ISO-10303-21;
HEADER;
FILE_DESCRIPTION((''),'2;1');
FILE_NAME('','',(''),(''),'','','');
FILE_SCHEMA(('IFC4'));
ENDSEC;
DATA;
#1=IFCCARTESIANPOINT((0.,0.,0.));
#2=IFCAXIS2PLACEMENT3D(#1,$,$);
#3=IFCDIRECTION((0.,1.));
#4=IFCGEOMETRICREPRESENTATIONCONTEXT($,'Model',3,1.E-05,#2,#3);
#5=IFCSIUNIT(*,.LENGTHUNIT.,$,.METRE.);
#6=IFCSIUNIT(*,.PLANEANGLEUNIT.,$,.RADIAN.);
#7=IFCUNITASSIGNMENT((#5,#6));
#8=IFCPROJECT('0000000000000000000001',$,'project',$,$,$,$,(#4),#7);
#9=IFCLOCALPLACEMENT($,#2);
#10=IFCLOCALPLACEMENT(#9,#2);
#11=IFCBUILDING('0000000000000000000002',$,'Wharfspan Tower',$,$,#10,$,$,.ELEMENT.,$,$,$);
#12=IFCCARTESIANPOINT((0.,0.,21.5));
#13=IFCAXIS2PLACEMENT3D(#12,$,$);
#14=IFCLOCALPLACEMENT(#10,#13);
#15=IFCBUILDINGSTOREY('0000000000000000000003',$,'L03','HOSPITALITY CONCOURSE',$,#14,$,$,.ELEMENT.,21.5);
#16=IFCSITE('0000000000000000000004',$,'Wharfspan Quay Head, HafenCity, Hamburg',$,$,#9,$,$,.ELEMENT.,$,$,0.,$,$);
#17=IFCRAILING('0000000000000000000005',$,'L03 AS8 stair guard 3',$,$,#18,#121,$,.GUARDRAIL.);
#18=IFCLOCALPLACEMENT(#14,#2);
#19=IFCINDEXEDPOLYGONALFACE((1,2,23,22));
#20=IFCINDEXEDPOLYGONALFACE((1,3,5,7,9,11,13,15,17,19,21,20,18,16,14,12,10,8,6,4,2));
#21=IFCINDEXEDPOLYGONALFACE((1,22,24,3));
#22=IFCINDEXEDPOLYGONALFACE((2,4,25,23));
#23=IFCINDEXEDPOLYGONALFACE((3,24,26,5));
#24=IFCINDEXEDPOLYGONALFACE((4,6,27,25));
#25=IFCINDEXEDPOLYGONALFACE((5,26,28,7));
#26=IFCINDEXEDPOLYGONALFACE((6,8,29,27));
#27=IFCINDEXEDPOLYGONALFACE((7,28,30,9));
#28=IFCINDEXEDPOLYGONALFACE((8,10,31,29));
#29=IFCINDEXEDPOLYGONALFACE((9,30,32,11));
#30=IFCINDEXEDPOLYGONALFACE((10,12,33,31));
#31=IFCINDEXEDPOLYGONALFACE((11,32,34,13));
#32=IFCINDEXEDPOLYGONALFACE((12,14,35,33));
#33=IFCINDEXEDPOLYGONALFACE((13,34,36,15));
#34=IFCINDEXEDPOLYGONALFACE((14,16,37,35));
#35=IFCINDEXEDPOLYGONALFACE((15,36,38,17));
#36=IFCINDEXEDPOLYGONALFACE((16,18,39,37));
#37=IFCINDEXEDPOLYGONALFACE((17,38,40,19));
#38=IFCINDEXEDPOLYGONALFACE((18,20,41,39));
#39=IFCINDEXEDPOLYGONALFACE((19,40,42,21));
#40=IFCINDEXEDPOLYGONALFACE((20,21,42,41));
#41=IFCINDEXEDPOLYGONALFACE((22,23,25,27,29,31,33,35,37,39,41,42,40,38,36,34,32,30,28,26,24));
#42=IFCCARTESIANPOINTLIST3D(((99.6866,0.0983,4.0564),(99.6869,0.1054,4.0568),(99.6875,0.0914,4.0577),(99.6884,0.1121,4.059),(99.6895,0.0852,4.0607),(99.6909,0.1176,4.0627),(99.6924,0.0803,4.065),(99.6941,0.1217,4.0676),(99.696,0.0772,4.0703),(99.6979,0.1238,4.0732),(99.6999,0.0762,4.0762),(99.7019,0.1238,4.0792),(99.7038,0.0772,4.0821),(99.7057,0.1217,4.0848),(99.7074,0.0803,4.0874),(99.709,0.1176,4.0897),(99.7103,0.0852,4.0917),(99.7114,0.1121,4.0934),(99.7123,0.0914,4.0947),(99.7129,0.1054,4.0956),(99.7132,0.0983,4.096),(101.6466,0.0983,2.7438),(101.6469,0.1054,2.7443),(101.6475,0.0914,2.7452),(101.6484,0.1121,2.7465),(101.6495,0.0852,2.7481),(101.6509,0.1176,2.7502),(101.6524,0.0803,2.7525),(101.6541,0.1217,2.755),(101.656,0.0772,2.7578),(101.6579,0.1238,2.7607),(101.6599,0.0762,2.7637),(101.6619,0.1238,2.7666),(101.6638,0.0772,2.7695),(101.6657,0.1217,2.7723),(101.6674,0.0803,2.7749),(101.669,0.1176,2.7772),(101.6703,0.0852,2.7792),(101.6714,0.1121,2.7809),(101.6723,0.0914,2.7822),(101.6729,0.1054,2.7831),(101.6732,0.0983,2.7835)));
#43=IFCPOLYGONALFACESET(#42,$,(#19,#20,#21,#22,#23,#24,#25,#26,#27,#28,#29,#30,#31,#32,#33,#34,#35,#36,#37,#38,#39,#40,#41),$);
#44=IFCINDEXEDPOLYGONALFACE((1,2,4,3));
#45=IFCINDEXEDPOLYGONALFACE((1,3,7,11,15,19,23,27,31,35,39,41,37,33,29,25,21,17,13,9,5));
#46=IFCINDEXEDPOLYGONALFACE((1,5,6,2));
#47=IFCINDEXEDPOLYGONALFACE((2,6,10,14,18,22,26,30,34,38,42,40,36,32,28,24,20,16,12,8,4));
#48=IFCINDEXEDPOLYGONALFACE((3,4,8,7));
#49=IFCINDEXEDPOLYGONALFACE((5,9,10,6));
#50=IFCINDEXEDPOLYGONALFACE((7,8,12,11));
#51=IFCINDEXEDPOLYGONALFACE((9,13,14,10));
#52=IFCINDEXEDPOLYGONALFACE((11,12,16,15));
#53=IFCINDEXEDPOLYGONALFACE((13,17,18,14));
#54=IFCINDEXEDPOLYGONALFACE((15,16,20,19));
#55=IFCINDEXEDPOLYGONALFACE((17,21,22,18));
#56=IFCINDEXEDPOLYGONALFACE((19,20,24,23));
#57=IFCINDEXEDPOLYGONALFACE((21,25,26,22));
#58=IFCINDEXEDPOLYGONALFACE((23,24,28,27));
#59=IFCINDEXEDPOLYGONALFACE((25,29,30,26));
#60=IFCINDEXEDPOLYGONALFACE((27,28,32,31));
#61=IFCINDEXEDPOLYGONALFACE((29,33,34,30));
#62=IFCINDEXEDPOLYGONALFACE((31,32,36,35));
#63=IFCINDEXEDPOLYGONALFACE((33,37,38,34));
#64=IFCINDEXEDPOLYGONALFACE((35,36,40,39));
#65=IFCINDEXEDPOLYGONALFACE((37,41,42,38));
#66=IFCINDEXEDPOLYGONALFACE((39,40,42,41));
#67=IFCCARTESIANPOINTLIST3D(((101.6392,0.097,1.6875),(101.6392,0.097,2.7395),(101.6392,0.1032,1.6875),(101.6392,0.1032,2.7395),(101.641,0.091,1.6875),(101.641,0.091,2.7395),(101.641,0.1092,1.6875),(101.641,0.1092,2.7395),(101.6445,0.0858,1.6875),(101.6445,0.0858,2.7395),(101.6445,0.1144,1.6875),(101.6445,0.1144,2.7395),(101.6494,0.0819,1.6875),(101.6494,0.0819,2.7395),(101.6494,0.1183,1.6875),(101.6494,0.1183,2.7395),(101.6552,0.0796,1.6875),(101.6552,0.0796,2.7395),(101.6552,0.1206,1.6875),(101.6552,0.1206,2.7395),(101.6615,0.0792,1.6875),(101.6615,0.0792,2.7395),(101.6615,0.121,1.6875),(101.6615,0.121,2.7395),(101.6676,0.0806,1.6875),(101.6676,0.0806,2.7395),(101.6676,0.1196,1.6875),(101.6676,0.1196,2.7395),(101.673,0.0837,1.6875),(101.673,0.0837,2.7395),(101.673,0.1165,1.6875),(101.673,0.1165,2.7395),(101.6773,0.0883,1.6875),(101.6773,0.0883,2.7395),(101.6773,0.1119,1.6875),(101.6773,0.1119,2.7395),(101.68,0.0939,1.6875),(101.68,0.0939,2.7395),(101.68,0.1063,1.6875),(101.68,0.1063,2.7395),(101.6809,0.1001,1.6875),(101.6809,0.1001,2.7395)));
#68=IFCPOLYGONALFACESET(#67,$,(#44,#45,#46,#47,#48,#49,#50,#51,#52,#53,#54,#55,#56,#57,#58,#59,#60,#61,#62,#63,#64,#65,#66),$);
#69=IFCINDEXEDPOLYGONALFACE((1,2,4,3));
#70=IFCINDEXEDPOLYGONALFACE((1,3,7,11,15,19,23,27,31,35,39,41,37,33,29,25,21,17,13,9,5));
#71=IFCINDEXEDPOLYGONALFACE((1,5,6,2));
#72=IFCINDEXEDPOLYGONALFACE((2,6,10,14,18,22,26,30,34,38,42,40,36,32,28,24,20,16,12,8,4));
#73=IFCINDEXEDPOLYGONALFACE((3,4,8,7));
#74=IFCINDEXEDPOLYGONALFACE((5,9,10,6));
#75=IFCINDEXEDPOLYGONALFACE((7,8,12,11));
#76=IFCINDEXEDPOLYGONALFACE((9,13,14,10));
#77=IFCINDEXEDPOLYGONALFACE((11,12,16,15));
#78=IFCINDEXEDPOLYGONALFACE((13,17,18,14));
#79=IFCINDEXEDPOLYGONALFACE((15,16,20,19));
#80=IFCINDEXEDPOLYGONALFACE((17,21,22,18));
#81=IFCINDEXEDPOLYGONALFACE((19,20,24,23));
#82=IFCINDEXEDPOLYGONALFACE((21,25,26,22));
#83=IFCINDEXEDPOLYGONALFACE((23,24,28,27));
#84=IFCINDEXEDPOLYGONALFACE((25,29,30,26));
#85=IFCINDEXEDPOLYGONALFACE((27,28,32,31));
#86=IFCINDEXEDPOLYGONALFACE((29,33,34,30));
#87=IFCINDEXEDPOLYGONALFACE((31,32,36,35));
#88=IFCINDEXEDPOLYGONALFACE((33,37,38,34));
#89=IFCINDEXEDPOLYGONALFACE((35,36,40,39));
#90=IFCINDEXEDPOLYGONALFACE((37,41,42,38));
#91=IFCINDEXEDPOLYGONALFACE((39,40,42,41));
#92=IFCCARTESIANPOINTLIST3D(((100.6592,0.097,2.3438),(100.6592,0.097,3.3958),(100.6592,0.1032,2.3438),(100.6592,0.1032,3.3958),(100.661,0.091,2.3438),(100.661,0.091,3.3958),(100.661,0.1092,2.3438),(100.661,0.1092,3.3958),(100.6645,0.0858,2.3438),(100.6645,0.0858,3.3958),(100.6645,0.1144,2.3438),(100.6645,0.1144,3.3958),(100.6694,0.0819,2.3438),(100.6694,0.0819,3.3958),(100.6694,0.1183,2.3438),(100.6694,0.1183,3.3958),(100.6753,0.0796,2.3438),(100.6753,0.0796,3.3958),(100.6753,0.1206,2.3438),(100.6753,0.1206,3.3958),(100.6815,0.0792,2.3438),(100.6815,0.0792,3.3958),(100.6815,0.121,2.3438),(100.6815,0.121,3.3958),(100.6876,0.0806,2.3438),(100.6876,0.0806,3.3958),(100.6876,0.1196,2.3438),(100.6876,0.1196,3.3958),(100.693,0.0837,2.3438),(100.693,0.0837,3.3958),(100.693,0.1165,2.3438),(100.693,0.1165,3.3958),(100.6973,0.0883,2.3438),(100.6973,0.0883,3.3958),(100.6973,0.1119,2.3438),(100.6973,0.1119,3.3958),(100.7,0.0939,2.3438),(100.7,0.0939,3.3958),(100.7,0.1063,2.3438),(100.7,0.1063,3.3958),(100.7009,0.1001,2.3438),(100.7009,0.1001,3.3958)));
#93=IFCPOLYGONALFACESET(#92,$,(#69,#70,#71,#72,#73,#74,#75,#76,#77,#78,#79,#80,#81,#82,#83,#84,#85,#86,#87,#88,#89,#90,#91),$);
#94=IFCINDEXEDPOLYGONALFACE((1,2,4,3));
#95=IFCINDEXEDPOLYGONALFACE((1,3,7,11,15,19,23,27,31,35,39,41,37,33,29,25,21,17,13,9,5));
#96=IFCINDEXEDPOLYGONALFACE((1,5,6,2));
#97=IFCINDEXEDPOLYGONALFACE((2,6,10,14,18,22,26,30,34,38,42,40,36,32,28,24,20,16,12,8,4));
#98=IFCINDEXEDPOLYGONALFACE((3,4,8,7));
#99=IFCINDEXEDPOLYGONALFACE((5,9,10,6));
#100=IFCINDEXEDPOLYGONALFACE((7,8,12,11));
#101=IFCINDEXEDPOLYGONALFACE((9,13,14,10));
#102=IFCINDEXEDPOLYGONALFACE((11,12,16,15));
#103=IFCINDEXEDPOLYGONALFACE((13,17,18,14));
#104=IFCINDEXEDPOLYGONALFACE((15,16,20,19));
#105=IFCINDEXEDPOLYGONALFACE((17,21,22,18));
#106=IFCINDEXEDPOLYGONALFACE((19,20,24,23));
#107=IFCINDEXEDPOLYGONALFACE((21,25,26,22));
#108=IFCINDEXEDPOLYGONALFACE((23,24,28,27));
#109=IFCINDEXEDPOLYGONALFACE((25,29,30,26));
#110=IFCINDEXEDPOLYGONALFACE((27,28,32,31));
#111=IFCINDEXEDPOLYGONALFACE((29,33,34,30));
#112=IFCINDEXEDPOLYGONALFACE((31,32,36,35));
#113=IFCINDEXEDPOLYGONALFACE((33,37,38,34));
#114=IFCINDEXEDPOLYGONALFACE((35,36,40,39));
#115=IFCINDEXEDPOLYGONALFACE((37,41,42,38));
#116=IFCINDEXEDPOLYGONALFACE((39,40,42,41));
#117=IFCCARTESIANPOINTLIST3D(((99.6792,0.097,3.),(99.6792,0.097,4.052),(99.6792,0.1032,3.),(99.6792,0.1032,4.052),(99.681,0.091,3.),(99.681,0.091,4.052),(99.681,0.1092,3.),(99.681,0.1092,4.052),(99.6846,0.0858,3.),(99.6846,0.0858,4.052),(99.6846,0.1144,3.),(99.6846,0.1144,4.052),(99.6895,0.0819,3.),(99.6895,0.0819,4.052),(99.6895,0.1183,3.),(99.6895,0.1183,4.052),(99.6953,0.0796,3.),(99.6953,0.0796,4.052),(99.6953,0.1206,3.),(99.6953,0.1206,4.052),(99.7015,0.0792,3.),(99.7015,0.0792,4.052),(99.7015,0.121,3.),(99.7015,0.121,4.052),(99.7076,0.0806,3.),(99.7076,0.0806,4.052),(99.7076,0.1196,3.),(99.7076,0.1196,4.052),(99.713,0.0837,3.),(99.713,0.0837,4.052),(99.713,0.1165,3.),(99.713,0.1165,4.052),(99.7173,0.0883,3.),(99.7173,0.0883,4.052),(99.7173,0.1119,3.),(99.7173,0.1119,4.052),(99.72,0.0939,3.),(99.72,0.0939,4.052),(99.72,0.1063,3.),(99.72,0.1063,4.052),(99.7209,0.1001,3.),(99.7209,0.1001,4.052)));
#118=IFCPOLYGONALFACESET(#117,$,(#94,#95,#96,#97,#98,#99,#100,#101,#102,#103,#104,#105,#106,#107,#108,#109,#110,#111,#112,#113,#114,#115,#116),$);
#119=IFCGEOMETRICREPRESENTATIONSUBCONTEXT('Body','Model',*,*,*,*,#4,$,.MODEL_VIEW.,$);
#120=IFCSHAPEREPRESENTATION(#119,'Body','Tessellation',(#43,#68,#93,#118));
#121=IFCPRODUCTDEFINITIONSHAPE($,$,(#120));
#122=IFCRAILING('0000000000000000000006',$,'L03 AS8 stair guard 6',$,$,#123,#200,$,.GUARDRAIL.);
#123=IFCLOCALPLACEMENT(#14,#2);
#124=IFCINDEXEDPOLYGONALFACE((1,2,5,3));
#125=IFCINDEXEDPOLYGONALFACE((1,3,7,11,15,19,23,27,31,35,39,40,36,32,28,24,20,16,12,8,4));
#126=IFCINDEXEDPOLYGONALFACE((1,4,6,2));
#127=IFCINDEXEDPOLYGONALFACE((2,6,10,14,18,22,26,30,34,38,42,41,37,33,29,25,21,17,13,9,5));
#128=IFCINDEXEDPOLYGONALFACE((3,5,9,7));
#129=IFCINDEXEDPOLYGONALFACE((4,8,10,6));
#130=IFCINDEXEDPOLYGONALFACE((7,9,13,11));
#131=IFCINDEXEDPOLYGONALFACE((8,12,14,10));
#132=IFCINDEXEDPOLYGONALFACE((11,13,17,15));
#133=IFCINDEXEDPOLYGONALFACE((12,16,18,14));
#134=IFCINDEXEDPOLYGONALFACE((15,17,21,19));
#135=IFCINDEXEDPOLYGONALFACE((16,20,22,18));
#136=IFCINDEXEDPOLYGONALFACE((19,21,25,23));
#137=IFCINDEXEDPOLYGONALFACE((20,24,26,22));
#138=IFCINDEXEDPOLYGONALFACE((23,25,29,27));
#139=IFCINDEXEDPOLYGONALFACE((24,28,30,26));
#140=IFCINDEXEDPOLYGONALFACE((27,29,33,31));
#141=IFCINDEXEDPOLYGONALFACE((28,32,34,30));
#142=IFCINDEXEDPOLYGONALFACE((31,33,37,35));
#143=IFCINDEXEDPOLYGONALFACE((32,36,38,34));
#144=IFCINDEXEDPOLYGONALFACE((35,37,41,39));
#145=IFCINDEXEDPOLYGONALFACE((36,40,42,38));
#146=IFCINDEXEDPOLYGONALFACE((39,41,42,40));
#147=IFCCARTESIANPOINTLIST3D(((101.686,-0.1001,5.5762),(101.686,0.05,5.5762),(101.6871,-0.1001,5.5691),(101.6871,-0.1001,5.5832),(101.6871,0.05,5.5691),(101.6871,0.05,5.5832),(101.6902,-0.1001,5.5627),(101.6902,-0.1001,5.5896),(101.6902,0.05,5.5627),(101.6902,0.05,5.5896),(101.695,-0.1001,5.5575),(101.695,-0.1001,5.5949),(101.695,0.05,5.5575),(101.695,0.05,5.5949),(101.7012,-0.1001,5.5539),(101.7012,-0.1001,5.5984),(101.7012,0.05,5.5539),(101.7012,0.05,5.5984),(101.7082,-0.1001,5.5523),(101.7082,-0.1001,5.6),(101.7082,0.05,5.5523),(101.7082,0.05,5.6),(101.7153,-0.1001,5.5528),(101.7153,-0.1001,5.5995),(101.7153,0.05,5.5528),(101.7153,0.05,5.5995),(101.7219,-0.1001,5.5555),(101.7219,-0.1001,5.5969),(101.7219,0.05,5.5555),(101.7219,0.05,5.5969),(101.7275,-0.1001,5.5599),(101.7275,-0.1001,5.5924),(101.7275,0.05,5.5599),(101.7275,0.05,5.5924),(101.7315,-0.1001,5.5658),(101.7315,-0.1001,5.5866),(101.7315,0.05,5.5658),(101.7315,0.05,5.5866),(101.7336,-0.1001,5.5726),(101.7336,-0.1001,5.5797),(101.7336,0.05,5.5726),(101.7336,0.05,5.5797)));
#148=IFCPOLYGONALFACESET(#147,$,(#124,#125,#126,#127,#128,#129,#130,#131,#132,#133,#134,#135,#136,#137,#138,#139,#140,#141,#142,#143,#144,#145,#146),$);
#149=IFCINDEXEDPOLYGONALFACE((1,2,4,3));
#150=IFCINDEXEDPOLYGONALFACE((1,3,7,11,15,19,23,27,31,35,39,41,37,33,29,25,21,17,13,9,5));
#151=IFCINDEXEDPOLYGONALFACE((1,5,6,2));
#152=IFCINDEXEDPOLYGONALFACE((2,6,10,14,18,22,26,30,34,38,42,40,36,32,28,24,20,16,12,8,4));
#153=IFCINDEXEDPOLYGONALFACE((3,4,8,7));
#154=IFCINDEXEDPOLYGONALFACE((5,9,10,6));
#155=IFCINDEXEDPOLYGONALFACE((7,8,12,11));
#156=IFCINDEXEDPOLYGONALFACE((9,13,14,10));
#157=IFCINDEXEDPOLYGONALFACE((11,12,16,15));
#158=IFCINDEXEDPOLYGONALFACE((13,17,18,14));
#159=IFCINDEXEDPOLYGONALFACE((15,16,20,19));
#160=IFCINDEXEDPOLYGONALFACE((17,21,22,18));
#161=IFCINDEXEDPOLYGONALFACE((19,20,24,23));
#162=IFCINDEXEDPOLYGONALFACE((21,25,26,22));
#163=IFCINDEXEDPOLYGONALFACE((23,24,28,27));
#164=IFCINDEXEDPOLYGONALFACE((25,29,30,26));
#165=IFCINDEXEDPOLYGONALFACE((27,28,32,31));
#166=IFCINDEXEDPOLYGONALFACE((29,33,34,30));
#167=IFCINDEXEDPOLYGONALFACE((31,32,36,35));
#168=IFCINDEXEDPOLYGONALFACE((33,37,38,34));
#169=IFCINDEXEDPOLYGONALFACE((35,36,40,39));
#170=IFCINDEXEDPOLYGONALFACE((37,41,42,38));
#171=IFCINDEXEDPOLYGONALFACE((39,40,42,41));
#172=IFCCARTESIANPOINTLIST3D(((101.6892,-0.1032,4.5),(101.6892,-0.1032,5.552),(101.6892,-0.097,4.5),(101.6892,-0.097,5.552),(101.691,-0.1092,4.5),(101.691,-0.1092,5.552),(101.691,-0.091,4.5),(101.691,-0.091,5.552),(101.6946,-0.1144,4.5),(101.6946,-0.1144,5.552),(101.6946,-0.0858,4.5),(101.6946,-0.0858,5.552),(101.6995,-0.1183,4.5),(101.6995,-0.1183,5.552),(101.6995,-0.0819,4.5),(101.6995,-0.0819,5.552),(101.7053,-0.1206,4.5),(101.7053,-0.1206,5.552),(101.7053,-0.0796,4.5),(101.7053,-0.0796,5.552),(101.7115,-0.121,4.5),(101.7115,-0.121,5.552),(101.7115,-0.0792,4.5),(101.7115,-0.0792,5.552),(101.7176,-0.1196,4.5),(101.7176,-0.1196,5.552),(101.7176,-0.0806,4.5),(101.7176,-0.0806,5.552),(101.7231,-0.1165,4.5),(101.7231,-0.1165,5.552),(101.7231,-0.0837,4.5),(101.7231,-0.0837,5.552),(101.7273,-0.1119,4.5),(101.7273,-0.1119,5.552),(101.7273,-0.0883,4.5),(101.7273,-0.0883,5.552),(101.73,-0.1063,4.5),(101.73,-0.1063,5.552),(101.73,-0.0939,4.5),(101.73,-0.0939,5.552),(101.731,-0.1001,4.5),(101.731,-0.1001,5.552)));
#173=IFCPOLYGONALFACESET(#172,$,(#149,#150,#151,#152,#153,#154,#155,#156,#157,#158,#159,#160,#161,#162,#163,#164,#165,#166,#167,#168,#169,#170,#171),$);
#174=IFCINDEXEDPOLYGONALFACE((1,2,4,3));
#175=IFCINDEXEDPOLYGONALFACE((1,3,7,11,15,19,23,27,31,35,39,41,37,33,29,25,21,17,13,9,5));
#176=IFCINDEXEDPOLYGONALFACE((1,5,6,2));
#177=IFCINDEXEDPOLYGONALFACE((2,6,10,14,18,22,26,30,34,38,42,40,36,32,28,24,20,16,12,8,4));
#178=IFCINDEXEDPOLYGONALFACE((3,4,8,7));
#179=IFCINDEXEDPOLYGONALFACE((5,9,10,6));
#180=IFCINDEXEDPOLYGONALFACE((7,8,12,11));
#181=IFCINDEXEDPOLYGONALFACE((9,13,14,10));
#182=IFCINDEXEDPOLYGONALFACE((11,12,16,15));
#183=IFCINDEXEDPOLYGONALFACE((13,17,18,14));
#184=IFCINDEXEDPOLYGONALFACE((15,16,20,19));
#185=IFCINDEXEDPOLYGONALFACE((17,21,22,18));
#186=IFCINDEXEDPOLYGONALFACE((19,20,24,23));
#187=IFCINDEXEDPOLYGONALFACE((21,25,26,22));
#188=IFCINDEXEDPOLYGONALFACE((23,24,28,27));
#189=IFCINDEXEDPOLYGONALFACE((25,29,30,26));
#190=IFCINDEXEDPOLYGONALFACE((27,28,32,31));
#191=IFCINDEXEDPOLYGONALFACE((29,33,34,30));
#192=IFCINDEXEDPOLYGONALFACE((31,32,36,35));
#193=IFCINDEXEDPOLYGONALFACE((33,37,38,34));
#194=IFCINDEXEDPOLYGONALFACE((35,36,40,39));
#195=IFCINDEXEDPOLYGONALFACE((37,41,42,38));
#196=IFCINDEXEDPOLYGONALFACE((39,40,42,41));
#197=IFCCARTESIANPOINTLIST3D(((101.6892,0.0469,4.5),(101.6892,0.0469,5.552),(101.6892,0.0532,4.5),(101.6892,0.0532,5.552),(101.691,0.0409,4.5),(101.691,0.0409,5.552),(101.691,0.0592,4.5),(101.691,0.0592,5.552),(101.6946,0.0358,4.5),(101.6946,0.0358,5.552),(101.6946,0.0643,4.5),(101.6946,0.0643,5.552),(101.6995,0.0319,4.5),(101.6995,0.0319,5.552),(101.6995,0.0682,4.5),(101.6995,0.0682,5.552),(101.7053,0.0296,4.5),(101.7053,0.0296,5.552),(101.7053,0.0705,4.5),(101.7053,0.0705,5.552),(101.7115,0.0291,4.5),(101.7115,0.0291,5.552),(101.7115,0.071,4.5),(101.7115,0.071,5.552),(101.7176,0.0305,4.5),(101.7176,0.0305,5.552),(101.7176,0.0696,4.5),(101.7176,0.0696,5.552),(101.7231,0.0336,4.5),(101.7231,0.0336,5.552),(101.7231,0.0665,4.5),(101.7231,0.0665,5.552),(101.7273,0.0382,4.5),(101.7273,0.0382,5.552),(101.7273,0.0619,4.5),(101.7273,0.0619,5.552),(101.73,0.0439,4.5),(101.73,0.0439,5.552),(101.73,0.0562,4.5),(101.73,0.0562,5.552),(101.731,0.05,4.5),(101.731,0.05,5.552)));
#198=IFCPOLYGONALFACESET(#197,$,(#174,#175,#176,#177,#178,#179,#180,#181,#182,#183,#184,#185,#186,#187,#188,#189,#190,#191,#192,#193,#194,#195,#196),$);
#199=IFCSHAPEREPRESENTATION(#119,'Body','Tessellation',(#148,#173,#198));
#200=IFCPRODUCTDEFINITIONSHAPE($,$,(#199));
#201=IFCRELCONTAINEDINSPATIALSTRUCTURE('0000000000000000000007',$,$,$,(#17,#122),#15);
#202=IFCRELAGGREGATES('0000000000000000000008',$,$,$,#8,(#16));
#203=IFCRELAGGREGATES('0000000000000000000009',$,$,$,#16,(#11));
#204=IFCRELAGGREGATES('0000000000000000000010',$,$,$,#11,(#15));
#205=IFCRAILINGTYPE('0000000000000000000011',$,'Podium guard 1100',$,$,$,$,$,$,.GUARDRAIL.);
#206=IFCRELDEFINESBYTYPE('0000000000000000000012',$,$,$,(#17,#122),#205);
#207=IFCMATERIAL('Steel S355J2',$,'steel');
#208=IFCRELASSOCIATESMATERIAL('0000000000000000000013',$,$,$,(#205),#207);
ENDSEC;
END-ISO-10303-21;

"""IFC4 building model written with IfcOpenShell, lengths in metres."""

from ifc_helpers import new_model, si_unit, direction, frame, origin, origin_2d, place, context, subcontext, project, spatial, circle, extrude, material, type_object, element, save


model = new_model("IFC4")

# Units and contexts
model_context = context("Model", 3, precision=1e-05, world=origin(), true_north=direction((0.0, 1.0)))
body_context = subcontext(model_context, "Body", "Model", "MODEL_VIEW")
ifc_project = project(units=[si_unit("LENGTHUNIT", "METRE"), si_unit("PLANEANGLEUNIT", "RADIAN")], contexts=[model_context])

# Site, building, storey
site_placement = place(None, origin())
site = spatial("IfcSite", under=ifc_project, at=site_placement, Name="Wharfspan Quay Head, HafenCity, Hamburg", CompositionType="ELEMENT", RefElevation=0.0)
building_placement = place(site_placement, origin())
building = spatial("IfcBuilding", under=site, at=building_placement, Name="Wharfspan Tower", CompositionType="ELEMENT")
storey_placement = place(building_placement, frame((0.0, 0.0, 21.5)))
storey = spatial("IfcBuildingStorey", under=building, at=storey_placement, Name="L03", Description="HOSPITALITY CONCOURSE", CompositionType="ELEMENT", Elevation=21.5)

# Railings
ifc_material_1 = material(Name="Steel S355J2", Category="steel")
railing_type_1 = type_object("IfcRailingType", Name="Podium guard 1100", PredefinedType="GUARDRAIL", material=ifc_material_1)
railing_1_placement = place(storey_placement, frame((101.6599, 0.1001, 1.6875)))
element("IfcRailing", 1, at=railing_1_placement, inside=storey, type_object=railing_type_1, Name="L03 AS8 stair guard 3", PredefinedType="GUARDRAIL", context=body_context, shape_type="SweptSolid", body=[
    extrude(circle(Radius=0.0239, at=origin_2d()), frame((0.0, 0.0, 1.0762), z_axis=(-0.830902, 0.0, 0.556419), x_axis=(0.0, -1.0, 0.0)), (0.0, 0.0, 1.0), 2.3589),
    extrude(circle(Radius=0.021, at=origin_2d()), origin(), (0.0, 0.0, 1.0), 1.052),
    extrude(circle(Radius=0.021, at=origin_2d()), frame((-0.98, 0.0, 0.6562)), (0.0, 0.0, 1.0), 1.052),
    extrude(circle(Radius=0.021, at=origin_2d()), frame((-1.96, 0.0, 1.3125)), (0.0, 0.0, 1.0), 1.052),
])
railing_2_placement = place(storey_placement, frame((101.71, -0.1001, 4.5)))
element("IfcRailing", 2, at=railing_2_placement, inside=storey, type_object=railing_type_1, Name="L03 AS8 stair guard 6", PredefinedType="GUARDRAIL", context=body_context, shape_type="SweptSolid", body=[
    extrude(circle(Radius=0.0239, at=origin_2d()), frame((0.0, 0.0, 1.0762), z_axis=(0.0, 1.0, 0.0), x_axis=(-1.0, 0.0, 0.0)), (0.0, 0.0, 1.0), 0.1501),
    extrude(circle(Radius=0.021, at=origin_2d()), origin(), (0.0, 0.0, 1.0), 1.052),
    extrude(circle(Radius=0.021, at=origin_2d()), frame((0.0, 0.1501, 0.0)), (0.0, 0.0, 1.0), 1.052),
])

save(model, "model.ifc")
